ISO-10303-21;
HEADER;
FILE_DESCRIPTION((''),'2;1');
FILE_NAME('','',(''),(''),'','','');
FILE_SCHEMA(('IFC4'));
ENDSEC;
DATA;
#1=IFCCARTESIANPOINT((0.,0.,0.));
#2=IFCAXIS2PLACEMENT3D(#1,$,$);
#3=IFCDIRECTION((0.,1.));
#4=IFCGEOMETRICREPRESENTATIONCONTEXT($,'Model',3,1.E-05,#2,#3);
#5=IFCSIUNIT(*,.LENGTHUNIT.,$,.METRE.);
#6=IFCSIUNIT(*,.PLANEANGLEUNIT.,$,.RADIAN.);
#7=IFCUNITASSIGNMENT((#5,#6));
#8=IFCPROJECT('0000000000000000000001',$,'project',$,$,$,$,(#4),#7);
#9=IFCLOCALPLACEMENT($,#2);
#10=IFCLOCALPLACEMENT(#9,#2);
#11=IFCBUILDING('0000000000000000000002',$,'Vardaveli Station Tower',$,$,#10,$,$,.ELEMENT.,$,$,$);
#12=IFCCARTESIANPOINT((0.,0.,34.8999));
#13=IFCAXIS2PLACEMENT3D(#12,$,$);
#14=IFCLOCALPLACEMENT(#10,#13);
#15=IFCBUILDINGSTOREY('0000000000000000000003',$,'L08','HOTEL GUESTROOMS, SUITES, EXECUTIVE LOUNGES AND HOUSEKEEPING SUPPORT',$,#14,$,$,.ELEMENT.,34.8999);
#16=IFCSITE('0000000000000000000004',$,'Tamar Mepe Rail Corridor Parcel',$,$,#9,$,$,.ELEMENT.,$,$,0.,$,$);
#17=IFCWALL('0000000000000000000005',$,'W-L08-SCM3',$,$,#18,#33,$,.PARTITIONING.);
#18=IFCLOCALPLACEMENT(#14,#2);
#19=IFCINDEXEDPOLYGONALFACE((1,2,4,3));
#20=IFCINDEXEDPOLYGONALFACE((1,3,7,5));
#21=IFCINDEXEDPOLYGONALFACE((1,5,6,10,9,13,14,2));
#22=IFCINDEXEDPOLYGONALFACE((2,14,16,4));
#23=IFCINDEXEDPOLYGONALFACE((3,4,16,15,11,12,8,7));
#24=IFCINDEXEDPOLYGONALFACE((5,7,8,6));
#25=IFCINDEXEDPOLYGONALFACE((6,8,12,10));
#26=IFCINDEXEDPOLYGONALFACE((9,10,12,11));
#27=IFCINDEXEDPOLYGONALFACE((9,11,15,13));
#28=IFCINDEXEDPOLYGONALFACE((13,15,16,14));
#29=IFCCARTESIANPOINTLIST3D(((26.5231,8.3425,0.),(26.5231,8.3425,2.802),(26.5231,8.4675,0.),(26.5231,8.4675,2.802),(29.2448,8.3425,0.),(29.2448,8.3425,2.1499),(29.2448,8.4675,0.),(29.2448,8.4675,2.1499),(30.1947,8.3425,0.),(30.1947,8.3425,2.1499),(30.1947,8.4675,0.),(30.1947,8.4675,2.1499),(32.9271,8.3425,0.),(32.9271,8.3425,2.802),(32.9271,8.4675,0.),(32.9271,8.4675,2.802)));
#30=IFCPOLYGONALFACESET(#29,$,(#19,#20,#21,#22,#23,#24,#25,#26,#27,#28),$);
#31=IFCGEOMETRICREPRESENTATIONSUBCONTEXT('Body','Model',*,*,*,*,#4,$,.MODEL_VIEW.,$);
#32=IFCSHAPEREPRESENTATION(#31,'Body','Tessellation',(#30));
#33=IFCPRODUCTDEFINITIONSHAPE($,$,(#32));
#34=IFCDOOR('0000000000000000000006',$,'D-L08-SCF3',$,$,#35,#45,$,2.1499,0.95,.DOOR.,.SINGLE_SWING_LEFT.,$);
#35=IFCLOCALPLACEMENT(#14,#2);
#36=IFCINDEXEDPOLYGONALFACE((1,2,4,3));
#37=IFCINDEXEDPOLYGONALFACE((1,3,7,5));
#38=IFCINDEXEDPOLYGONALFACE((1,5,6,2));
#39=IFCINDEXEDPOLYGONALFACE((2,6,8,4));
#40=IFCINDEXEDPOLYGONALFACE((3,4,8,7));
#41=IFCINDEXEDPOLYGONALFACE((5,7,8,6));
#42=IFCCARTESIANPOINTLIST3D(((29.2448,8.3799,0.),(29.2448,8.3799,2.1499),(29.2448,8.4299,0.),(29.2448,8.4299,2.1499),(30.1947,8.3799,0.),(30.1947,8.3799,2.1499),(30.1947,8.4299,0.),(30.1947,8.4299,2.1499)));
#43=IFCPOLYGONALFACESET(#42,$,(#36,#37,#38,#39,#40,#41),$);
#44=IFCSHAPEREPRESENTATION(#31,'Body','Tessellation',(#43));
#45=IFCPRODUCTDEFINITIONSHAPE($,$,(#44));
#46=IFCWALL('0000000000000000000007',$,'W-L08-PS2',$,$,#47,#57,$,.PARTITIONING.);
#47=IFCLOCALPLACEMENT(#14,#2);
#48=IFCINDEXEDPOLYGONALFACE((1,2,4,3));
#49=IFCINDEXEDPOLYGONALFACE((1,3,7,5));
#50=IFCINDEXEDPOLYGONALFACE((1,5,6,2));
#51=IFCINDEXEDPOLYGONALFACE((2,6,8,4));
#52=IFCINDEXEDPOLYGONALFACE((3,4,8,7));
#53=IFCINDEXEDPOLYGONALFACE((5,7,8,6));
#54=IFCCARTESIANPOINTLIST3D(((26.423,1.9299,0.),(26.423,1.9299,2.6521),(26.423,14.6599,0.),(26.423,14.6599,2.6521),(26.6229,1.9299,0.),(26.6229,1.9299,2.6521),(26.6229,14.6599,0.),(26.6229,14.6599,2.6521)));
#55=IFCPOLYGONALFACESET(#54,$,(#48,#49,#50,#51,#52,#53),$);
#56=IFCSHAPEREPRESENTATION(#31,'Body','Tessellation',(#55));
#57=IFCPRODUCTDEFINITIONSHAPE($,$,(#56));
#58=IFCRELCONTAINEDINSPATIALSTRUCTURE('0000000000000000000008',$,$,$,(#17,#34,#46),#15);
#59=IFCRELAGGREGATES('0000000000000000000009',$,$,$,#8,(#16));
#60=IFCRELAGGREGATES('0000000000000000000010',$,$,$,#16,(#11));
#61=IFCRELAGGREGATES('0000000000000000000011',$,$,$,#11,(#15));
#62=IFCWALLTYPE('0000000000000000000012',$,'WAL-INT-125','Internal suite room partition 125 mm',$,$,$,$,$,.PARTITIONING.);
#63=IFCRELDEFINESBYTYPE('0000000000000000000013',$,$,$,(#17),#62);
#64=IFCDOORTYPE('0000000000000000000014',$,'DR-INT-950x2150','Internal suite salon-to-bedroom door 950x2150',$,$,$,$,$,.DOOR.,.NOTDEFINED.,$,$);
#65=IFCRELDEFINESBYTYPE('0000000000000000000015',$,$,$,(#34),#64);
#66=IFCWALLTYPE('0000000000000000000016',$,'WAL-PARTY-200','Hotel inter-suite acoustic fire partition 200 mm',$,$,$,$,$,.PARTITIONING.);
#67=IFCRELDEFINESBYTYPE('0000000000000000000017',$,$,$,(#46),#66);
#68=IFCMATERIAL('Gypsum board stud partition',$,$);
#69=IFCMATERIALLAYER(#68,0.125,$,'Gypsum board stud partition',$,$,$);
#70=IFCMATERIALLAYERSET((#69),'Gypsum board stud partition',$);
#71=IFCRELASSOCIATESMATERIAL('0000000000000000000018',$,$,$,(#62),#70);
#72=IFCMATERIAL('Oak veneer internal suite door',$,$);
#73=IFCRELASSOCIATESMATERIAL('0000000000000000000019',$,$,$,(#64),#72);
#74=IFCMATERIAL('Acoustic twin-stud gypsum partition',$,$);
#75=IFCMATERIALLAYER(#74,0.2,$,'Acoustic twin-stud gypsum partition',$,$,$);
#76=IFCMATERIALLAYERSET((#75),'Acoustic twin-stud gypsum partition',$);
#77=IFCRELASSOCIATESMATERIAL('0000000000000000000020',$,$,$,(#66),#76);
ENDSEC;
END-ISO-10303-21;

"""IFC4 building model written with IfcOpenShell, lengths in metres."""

from ifc_helpers import new_model, si_unit, direction, frame, frame_2d, origin, place, context, subcontext, project, spatial, rectangle, extrude, source, transform, mapped, material, layer, layer_set, type_object, element, fill, save


model = new_model("IFC4")

# Units and contexts
model_context = context("Model", 3, precision=1e-05, world=origin(), true_north=direction((0.0, 1.0)))
body_context = subcontext(model_context, "Body", "Model", "MODEL_VIEW")
ifc_project = project(units=[si_unit("LENGTHUNIT", "METRE"), si_unit("PLANEANGLEUNIT", "RADIAN")], contexts=[model_context])

# Site, building, storey
site_placement = place(None, origin())
site = spatial("IfcSite", under=ifc_project, at=site_placement, Name="Tamar Mepe Rail Corridor Parcel", CompositionType="ELEMENT", RefElevation=0.0)
building_placement = place(site_placement, origin())
building = spatial("IfcBuilding", under=site, at=building_placement, Name="Vardaveli Station Tower", CompositionType="ELEMENT")
storey_placement = place(building_placement, frame((0.0, 0.0, 34.8999)))
storey = spatial("IfcBuildingStorey", under=building, at=storey_placement, Name="L08", Description="HOTEL GUESTROOMS, SUITES, EXECUTIVE LOUNGES AND HOUSEKEEPING SUPPORT", CompositionType="ELEMENT", Elevation=34.8999)

# Wall, opening, door
ifc_material_1 = material(Name="Gypsum board stud partition")
ifc_layer_1 = layer(ifc_material_1, 0.125, Name="Gypsum board stud partition")
ifc_layer_set_1 = layer_set([ifc_layer_1], Name="Gypsum board stud partition")
wall_type_1 = type_object("IfcWallType", Name="WAL-INT-125", Description="Internal suite room partition 125 mm", PredefinedType="PARTITIONING", material=ifc_layer_set_1)
shared_shape_1 = source(origin(), body_context, "Body", "SweptSolid", [
    extrude(rectangle(XDim=6.4041, YDim=0.125, at=frame_2d((3.2021, 0.0))), origin(), (0.0, 0.0, 1.0), 2.802),
])
wall_1_placement = place(storey_placement, frame((26.5229, 8.405, 0.0), z_axis=(0.0, 0.0, 1.0), x_axis=(1.0, 0.0, 0.0)))
wall_1 = element("IfcWall", 1, at=wall_1_placement, inside=storey, type_object=wall_type_1, Name="W-L08-SCM3", PredefinedType="PARTITIONING", context=body_context, shape_type="MappedRepresentation", body=[
    mapped(shared_shape_1, transform((0.0, 0.0, 0.0), scale=1.0)),
])
shared_shape_2 = source(origin(), body_context, "Body", "SweptSolid", [
    extrude(rectangle(XDim=0.95, YDim=2.1499, at=frame_2d((0.4751, 1.075))), frame((0.0, 0.0725, 0.0), z_axis=(0.0, -1.0, 0.0), x_axis=(1.0, 0.0, 0.0)), (0.0, 0.0, 1.0), 0.145),
])
opening_1_placement = place(wall_1_placement, frame((2.7217, 0.0, 0.0)))
opening_1 = element("IfcOpeningElement", 2, at=opening_1_placement, cuts=wall_1, PredefinedType="OPENING", context=body_context, shape_type="MappedRepresentation", body=[
    mapped(shared_shape_2, transform((0.0, 0.0, 0.0), scale=1.0)),
])
ifc_material_2 = material(Name="Oak veneer internal suite door")
door_type = type_object("IfcDoorType", Name="DR-INT-950x2150", Description="Internal suite salon-to-bedroom door 950x2150", OperationType="NOTDEFINED", PredefinedType="DOOR", material=ifc_material_2)
shared_shape_3 = source(origin(), body_context, "Body", "SweptSolid", [
    extrude(rectangle(XDim=0.95, YDim=2.1499, at=frame_2d((0.4751, 1.075))), frame((0.0, 0.0249, 0.0), z_axis=(0.0, -1.0, 0.0), x_axis=(1.0, 0.0, 0.0)), (0.0, 0.0, 1.0), 0.05),
])
door_placement = place(opening_1_placement, origin())
door = element("IfcDoor", 3, at=door_placement, inside=storey, type_object=door_type, Name="D-L08-SCF3", OperationType="SINGLE_SWING_LEFT", OverallHeight=2.1499, OverallWidth=0.95, PredefinedType="DOOR", context=body_context, shape_type="MappedRepresentation", body=[
    mapped(shared_shape_3, transform((0.0, 0.0, 0.0), scale=1.0)),
])
fill(opening_1, door)

# Wall
ifc_material_3 = material(Name="Acoustic twin-stud gypsum partition")
ifc_layer_2 = layer(ifc_material_3, 0.2, Name="Acoustic twin-stud gypsum partition")
ifc_layer_set_2 = layer_set([ifc_layer_2], Name="Acoustic twin-stud gypsum partition")
wall_type_2 = type_object("IfcWallType", Name="WAL-PARTY-200", Description="Hotel inter-suite acoustic fire partition 200 mm", PredefinedType="PARTITIONING", material=ifc_layer_set_2)
shared_shape_4 = source(origin(), body_context, "Body", "SweptSolid", [
    extrude(rectangle(XDim=12.73, YDim=0.2, at=frame_2d((6.365, 0.0))), origin(), (0.0, 0.0, 1.0), 2.6521),
])
wall_2_placement = place(storey_placement, frame((26.5229, 1.9299, 0.0), z_axis=(0.0, 0.0, 1.0), x_axis=(0.0, 1.0, 0.0)))
element("IfcWall", 4, at=wall_2_placement, inside=storey, type_object=wall_type_2, Name="W-L08-PS2", PredefinedType="PARTITIONING", context=body_context, shape_type="MappedRepresentation", body=[
    mapped(shared_shape_4, transform((0.0, 0.0, 0.0), scale=1.0)),
])

save(model, "model.ifc")
